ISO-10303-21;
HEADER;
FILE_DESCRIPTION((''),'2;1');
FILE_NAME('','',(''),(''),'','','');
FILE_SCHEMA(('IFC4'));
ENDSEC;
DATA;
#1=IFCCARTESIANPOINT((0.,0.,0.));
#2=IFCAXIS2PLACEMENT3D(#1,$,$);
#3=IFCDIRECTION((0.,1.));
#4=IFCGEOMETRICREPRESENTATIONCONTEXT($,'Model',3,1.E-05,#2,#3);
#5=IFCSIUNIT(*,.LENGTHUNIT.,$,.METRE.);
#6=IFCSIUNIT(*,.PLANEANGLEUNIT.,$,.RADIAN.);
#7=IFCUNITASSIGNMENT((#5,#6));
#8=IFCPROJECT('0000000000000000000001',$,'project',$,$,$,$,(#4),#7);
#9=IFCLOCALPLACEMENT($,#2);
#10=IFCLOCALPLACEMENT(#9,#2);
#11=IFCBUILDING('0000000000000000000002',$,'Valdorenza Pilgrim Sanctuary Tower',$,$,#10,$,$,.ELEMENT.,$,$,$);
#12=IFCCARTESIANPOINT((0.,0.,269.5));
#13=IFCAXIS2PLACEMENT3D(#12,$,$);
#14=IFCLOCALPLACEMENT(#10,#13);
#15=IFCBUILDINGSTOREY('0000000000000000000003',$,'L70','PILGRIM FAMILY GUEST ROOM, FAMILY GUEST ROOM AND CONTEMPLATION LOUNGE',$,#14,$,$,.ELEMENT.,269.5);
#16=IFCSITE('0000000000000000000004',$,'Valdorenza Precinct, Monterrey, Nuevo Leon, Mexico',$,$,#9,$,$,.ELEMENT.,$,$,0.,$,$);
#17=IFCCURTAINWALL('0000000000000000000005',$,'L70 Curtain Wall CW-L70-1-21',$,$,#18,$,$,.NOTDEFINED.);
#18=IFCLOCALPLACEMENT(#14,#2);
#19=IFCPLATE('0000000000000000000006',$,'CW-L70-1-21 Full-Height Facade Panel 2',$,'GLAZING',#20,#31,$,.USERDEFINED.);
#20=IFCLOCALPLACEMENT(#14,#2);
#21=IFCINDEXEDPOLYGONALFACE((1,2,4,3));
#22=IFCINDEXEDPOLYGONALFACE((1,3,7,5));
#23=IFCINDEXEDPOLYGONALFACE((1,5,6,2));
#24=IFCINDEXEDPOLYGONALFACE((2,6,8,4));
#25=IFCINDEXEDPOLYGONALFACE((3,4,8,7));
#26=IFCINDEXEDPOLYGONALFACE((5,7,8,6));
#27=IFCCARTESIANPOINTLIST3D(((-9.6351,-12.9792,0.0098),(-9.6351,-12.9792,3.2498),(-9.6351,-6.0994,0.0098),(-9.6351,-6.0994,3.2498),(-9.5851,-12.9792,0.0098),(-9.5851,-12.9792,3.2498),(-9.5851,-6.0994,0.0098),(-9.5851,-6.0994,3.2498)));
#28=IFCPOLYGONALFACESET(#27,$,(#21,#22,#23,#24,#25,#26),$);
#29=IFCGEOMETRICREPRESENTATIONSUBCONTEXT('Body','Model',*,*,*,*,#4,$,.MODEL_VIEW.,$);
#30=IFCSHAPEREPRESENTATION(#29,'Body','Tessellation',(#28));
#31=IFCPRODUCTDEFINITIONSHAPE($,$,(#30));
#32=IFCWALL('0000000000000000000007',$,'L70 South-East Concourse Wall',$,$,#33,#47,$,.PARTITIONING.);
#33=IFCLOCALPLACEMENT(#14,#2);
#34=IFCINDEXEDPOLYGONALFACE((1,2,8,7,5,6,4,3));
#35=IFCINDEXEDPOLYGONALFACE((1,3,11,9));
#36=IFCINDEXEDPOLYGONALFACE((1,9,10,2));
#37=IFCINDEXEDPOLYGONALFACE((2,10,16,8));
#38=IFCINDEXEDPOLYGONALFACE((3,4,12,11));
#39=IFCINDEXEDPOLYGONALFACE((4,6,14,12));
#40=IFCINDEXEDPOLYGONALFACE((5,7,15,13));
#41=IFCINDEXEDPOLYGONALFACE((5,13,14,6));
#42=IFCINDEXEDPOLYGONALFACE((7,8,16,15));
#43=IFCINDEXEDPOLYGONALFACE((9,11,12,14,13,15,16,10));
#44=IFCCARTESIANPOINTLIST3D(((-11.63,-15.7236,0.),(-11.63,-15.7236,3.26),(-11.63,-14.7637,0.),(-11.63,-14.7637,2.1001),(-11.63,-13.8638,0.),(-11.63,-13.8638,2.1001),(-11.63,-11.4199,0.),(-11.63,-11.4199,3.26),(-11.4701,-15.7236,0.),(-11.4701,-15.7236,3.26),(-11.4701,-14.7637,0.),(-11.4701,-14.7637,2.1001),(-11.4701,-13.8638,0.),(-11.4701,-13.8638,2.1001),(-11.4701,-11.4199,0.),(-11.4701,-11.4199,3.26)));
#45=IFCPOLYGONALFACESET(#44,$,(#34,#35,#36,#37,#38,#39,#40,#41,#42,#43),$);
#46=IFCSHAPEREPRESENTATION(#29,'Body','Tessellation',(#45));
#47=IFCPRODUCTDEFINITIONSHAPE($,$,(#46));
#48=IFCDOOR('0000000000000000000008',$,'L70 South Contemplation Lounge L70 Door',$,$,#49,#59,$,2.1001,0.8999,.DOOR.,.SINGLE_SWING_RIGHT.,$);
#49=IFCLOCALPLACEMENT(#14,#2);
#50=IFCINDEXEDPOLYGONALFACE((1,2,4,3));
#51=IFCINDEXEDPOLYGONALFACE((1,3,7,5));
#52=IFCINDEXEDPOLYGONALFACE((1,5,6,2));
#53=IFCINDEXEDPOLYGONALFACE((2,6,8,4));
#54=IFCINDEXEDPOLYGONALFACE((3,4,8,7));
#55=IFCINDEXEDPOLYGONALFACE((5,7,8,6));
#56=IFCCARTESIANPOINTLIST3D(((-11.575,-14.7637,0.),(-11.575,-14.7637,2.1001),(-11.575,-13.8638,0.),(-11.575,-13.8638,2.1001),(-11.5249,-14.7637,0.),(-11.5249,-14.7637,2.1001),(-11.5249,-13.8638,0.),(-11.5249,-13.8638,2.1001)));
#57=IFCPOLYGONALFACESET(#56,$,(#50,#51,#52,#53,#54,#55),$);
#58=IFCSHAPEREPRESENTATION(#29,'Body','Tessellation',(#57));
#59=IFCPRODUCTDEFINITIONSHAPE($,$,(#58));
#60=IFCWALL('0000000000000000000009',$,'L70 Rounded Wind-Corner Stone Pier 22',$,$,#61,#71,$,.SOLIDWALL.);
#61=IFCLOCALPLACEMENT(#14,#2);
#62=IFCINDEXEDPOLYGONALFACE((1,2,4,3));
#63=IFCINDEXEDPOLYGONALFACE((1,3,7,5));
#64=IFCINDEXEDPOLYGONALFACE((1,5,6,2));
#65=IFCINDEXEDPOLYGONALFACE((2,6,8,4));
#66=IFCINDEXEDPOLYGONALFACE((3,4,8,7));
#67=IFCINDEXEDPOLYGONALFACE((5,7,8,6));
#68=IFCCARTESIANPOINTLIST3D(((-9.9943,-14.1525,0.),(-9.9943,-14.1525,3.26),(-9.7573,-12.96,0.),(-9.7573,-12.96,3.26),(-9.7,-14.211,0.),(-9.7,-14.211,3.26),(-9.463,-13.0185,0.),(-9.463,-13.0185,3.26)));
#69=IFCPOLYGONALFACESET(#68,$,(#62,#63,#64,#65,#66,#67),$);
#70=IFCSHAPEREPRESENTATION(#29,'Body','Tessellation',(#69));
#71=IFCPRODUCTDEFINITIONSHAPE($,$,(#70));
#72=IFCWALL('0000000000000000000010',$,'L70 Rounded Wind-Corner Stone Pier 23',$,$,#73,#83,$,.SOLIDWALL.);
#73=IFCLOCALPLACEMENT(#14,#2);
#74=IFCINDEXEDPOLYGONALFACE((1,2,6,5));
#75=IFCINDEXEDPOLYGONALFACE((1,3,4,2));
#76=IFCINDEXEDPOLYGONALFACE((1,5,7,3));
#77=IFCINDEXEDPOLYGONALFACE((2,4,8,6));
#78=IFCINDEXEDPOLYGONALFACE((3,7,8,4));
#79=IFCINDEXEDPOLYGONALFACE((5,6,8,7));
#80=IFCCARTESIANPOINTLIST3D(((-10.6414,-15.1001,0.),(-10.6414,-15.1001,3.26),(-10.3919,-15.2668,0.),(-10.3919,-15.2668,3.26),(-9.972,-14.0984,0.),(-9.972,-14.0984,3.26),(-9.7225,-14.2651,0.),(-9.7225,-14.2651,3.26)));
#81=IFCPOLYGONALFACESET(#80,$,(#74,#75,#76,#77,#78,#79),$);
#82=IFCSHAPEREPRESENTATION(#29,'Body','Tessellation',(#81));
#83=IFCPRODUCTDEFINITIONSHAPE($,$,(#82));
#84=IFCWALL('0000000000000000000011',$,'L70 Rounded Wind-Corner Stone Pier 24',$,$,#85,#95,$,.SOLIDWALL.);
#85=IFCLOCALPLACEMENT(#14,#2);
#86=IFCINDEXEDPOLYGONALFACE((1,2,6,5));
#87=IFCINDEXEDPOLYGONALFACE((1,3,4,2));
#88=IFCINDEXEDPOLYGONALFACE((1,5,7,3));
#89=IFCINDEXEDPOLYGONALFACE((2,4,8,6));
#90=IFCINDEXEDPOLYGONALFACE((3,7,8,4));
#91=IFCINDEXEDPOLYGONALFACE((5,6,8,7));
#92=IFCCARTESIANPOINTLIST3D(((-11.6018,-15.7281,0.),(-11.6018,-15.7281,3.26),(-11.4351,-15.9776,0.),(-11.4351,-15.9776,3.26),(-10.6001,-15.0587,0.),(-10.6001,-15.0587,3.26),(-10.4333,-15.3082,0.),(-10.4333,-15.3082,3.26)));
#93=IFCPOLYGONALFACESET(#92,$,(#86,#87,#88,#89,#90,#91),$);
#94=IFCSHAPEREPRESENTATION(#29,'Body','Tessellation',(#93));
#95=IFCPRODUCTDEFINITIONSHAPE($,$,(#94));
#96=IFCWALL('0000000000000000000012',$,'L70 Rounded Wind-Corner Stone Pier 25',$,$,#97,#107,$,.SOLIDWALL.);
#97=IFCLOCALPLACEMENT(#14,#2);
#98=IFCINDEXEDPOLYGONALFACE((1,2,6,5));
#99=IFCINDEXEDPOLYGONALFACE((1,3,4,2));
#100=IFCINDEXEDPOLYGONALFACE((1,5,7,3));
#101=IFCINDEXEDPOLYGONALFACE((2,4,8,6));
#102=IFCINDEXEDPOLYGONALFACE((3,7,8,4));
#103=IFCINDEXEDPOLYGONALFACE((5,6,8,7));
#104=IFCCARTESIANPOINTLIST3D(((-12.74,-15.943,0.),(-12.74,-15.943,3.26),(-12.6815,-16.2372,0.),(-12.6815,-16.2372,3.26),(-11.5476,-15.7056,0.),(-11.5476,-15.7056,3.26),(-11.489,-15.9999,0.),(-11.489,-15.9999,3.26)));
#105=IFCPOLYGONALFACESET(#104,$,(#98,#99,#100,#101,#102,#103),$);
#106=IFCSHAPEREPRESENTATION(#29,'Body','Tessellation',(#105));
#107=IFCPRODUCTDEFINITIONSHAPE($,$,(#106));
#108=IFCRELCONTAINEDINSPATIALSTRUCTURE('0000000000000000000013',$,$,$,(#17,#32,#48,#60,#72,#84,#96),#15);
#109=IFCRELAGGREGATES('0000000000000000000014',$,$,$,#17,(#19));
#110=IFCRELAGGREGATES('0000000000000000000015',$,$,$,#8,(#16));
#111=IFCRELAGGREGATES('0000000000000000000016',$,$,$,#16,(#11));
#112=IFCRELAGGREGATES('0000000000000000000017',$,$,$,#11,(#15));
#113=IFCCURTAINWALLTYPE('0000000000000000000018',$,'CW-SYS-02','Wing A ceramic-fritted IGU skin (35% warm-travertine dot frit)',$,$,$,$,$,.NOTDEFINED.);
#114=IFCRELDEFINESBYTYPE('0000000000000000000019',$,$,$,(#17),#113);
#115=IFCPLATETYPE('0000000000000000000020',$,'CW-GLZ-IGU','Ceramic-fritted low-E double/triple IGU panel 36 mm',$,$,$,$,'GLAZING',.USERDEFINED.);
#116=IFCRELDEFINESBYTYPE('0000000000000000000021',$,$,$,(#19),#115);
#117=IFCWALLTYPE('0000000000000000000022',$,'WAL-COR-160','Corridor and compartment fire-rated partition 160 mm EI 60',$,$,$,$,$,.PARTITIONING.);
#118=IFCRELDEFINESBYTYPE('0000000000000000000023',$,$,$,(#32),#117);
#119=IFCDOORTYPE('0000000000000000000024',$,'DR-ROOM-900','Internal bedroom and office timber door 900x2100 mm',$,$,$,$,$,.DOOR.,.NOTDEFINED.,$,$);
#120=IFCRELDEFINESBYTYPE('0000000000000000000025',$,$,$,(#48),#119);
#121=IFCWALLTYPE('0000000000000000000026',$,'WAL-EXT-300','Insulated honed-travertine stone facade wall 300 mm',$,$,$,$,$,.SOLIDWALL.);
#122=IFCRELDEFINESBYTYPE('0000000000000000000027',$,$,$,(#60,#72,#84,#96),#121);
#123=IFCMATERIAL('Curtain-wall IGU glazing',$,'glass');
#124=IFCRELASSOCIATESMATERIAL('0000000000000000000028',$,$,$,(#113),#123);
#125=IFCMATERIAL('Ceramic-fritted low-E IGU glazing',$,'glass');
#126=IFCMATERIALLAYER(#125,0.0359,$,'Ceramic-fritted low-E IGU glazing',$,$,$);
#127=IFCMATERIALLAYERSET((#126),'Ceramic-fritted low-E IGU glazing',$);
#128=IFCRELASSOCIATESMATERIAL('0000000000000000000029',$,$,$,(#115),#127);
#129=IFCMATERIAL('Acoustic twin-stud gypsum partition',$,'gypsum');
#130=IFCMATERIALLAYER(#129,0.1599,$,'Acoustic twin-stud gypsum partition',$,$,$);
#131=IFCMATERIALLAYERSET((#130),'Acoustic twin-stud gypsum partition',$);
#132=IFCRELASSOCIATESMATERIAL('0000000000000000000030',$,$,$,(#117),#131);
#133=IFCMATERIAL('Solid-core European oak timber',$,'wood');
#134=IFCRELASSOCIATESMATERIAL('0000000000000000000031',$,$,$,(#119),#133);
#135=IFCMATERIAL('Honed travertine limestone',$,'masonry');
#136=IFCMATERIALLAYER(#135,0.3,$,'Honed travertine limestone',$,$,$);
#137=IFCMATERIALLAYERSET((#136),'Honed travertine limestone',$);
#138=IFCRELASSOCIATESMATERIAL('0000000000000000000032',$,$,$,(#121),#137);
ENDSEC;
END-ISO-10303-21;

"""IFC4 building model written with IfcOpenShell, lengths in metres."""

from ifc_helpers import new_model, si_unit, direction, frame, frame_2d, origin, origin_2d, place, context, subcontext, project, spatial, rectangle, extrude, source, transform, mapped, material, layer, layer_set, type_object, element, fill, aggregate, save


model = new_model("IFC4")

# Units and contexts
model_context = context("Model", 3, precision=1e-05, world=origin(), true_north=direction((0.0, 1.0)))
body_context = subcontext(model_context, "Body", "Model", "MODEL_VIEW")
ifc_project = project(units=[si_unit("LENGTHUNIT", "METRE"), si_unit("PLANEANGLEUNIT", "RADIAN")], contexts=[model_context])

# Site, building, storey
site_placement = place(None, origin())
site = spatial("IfcSite", under=ifc_project, at=site_placement, Name="Valdorenza Precinct, Monterrey, Nuevo Leon, Mexico", CompositionType="ELEMENT", RefElevation=0.0)
building_placement = place(site_placement, origin())
building = spatial("IfcBuilding", under=site, at=building_placement, Name="Valdorenza Pilgrim Sanctuary Tower", CompositionType="ELEMENT")
storey_placement = place(building_placement, frame((0.0, 0.0, 269.5)))
storey = spatial("IfcBuildingStorey", under=building, at=storey_placement, Name="L70", Description="PILGRIM FAMILY GUEST ROOM, FAMILY GUEST ROOM AND CONTEMPLATION LOUNGE", CompositionType="ELEMENT", Elevation=269.5)

# Curtain wall
ifc_material_1 = material(Name="Curtain-wall IGU glazing", Category="glass")
curtain_wall_type = type_object("IfcCurtainWallType", Name="CW-SYS-02", Description="Wing A ceramic-fritted IGU skin (35% warm-travertine dot frit)", PredefinedType="NOTDEFINED", material=ifc_material_1)
curtain_wall_placement = place(storey_placement, origin())
curtain_wall = element("IfcCurtainWall", 1, at=curtain_wall_placement, inside=storey, type_object=curtain_wall_type, Name="L70 Curtain Wall CW-L70-1-21", PredefinedType="NOTDEFINED")

# Plate
ifc_material_2 = material(Name="Honed travertine limestone", Category="masonry")
ifc_material_3 = material(Name="Ceramic-fritted low-E IGU glazing", Category="glass")
ifc_layer_1 = layer(ifc_material_3, 0.0359, Name="Ceramic-fritted low-E IGU glazing")
ifc_layer_set_1 = layer_set([ifc_layer_1], Name="Ceramic-fritted low-E IGU glazing")
plate_type_1 = type_object("IfcPlateType", Name="CW-GLZ-IGU", Description="Ceramic-fritted low-E double/triple IGU panel 36 mm", ElementType="GLAZING", PredefinedType="USERDEFINED", material=ifc_layer_set_1)
shared_shape_1 = source(origin(), body_context, "Body", "SweptSolid", [
    extrude(rectangle(XDim=6.8799, YDim=0.05, at=origin_2d()), origin(), (0.0, 0.0, 1.0), 3.24),
])
plate_1_placement = place(storey_placement, frame((-9.6101, -9.5393, 0.0098), z_axis=(0.0, 0.0, 1.0), x_axis=(0.0, -1.0, 0.0)))
plate_1 = element("IfcPlate", 2, at=plate_1_placement, type_object=plate_type_1, Name="CW-L70-1-21 Full-Height Facade Panel 2", ObjectType="GLAZING", PredefinedType="USERDEFINED", context=body_context, shape_type="MappedRepresentation", body=[
    mapped(shared_shape_1, transform((0.0, 0.0, 0.0), x_axis=(1.0, 0.0, 0.0), y_axis=(0.0, 1.0, 0.0), z_axis=(0.0, 0.0, 1.0), scale=1.0)),
])
aggregate(curtain_wall, [plate_1])

# Wall, opening, door
ifc_material_4 = material(Name="Acoustic twin-stud gypsum partition", Category="gypsum")
ifc_layer_2 = layer(ifc_material_4, 0.1599, Name="Acoustic twin-stud gypsum partition")
ifc_layer_set_2 = layer_set([ifc_layer_2], Name="Acoustic twin-stud gypsum partition")
wall_type_1 = type_object("IfcWallType", Name="WAL-COR-160", Description="Corridor and compartment fire-rated partition 160 mm EI 60", PredefinedType="PARTITIONING", material=ifc_layer_set_2)
wall_1_placement = place(storey_placement, frame((-11.55, -15.7236, 0.0), z_axis=(0.0, 0.0, 1.0), x_axis=(0.0, 1.0, 0.0)))
wall_1 = element("IfcWall", 3, at=wall_1_placement, inside=storey, type_object=wall_type_1, Name="L70 South-East Concourse Wall", PredefinedType="PARTITIONING", context=body_context, shape_type="SweptSolid", body=[
    extrude(rectangle(XDim=4.3037, YDim=0.1599, at=frame_2d((2.1519, 0.0))), origin(), (0.0, 0.0, 1.0), 3.26),
])
opening_placement = place(wall_1_placement, frame((0.96, 0.0, 0.0)))
opening = element("IfcOpeningElement", 4, at=opening_placement, cuts=wall_1, PredefinedType="OPENING", context=body_context, shape_type="SweptSolid", body=[
    extrude(rectangle(XDim=0.8999, YDim=2.1001, at=frame_2d((0.45, 1.05))), frame((0.0, 0.0947, 0.0), z_axis=(0.0, -1.0, 0.0), x_axis=(1.0, 0.0, 0.0)), (0.0, 0.0, 1.0), 0.1897),
])
ifc_material_5 = material(Name="Solid-core European oak timber", Category="wood")
door_type = type_object("IfcDoorType", Name="DR-ROOM-900", Description="Internal bedroom and office timber door 900x2100 mm", OperationType="NOTDEFINED", PredefinedType="DOOR", material=ifc_material_5)
door_placement = place(opening_placement, origin())
door = element("IfcDoor", 5, at=door_placement, inside=storey, type_object=door_type, Name="L70 South Contemplation Lounge L70 Door", OperationType="SINGLE_SWING_RIGHT", OverallHeight=2.1001, OverallWidth=0.8999, PredefinedType="DOOR", context=body_context, shape_type="SweptSolid", body=[
    extrude(rectangle(XDim=0.8999, YDim=2.1001, at=frame_2d((0.45, 1.05))), frame((0.0, 0.0249, 0.0), z_axis=(0.0, -1.0, 0.0), x_axis=(1.0, 0.0, 0.0)), (0.0, 0.0, 1.0), 0.05),
])
fill(opening, door)

# Walls
ifc_layer_3 = layer(ifc_material_2, 0.3, Name="Honed travertine limestone")
ifc_layer_set_3 = layer_set([ifc_layer_3], Name="Honed travertine limestone")
wall_type_2 = type_object("IfcWallType", Name="WAL-EXT-300", Description="Insulated honed-travertine stone facade wall 300 mm", PredefinedType="SOLIDWALL", material=ifc_layer_set_3)
wall_2_placement = place(storey_placement, frame((-9.6101, -12.9893, 0.0), z_axis=(0.0, 0.0, 1.0), x_axis=(-0.194996, -0.980804, 0.0)))
element("IfcWall", 6, at=wall_2_placement, inside=storey, type_object=wall_type_2, Name="L70 Rounded Wind-Corner Stone Pier 22", PredefinedType="SOLIDWALL", context=body_context, shape_type="SweptSolid", body=[
    extrude(rectangle(XDim=1.2158, YDim=0.3, at=frame_2d((0.6079, 0.0))), origin(), (0.0, 0.0, 1.0), 3.26),
])
for number, where, z_axis, x_axis, name in (
    (7, (-9.8472, -14.1816, 0.0), (0.0, 0.0, 1.0), (-0.555635, -0.831426, 0.0), "L70 Rounded Wind-Corner Stone Pier 23"),
    (8, (-10.5166, -15.1833, 0.0), (0.0, 0.0, 1.0), (-0.831426, -0.555635, 0.0), "L70 Rounded Wind-Corner Stone Pier 24"),
):
    element("IfcWall", number, at=place(storey_placement, frame(where, z_axis=z_axis, x_axis=x_axis)), inside=storey, type_object=wall_type_2, Name=name, PredefinedType="SOLIDWALL", context=body_context, shape_type="SweptSolid", body=[
        extrude(rectangle(XDim=1.2048, YDim=0.3, at=frame_2d((0.6025, 0.0))), origin(), (0.0, 0.0, 1.0), 3.26),
    ])
wall_3_placement = place(storey_placement, frame((-11.5183, -15.8528, 0.0), z_axis=(0.0, 0.0, 1.0), x_axis=(-0.980766, -0.195189, 0.0)))
element("IfcWall", 9, at=wall_3_placement, inside=storey, type_object=wall_type_2, Name="L70 Rounded Wind-Corner Stone Pier 25", PredefinedType="SOLIDWALL", context=body_context, shape_type="SweptSolid", body=[
    extrude(rectangle(XDim=1.2158, YDim=0.3, at=frame_2d((0.6079, 0.0))), origin(), (0.0, 0.0, 1.0), 3.26),
])

save(model, "model.ifc")
